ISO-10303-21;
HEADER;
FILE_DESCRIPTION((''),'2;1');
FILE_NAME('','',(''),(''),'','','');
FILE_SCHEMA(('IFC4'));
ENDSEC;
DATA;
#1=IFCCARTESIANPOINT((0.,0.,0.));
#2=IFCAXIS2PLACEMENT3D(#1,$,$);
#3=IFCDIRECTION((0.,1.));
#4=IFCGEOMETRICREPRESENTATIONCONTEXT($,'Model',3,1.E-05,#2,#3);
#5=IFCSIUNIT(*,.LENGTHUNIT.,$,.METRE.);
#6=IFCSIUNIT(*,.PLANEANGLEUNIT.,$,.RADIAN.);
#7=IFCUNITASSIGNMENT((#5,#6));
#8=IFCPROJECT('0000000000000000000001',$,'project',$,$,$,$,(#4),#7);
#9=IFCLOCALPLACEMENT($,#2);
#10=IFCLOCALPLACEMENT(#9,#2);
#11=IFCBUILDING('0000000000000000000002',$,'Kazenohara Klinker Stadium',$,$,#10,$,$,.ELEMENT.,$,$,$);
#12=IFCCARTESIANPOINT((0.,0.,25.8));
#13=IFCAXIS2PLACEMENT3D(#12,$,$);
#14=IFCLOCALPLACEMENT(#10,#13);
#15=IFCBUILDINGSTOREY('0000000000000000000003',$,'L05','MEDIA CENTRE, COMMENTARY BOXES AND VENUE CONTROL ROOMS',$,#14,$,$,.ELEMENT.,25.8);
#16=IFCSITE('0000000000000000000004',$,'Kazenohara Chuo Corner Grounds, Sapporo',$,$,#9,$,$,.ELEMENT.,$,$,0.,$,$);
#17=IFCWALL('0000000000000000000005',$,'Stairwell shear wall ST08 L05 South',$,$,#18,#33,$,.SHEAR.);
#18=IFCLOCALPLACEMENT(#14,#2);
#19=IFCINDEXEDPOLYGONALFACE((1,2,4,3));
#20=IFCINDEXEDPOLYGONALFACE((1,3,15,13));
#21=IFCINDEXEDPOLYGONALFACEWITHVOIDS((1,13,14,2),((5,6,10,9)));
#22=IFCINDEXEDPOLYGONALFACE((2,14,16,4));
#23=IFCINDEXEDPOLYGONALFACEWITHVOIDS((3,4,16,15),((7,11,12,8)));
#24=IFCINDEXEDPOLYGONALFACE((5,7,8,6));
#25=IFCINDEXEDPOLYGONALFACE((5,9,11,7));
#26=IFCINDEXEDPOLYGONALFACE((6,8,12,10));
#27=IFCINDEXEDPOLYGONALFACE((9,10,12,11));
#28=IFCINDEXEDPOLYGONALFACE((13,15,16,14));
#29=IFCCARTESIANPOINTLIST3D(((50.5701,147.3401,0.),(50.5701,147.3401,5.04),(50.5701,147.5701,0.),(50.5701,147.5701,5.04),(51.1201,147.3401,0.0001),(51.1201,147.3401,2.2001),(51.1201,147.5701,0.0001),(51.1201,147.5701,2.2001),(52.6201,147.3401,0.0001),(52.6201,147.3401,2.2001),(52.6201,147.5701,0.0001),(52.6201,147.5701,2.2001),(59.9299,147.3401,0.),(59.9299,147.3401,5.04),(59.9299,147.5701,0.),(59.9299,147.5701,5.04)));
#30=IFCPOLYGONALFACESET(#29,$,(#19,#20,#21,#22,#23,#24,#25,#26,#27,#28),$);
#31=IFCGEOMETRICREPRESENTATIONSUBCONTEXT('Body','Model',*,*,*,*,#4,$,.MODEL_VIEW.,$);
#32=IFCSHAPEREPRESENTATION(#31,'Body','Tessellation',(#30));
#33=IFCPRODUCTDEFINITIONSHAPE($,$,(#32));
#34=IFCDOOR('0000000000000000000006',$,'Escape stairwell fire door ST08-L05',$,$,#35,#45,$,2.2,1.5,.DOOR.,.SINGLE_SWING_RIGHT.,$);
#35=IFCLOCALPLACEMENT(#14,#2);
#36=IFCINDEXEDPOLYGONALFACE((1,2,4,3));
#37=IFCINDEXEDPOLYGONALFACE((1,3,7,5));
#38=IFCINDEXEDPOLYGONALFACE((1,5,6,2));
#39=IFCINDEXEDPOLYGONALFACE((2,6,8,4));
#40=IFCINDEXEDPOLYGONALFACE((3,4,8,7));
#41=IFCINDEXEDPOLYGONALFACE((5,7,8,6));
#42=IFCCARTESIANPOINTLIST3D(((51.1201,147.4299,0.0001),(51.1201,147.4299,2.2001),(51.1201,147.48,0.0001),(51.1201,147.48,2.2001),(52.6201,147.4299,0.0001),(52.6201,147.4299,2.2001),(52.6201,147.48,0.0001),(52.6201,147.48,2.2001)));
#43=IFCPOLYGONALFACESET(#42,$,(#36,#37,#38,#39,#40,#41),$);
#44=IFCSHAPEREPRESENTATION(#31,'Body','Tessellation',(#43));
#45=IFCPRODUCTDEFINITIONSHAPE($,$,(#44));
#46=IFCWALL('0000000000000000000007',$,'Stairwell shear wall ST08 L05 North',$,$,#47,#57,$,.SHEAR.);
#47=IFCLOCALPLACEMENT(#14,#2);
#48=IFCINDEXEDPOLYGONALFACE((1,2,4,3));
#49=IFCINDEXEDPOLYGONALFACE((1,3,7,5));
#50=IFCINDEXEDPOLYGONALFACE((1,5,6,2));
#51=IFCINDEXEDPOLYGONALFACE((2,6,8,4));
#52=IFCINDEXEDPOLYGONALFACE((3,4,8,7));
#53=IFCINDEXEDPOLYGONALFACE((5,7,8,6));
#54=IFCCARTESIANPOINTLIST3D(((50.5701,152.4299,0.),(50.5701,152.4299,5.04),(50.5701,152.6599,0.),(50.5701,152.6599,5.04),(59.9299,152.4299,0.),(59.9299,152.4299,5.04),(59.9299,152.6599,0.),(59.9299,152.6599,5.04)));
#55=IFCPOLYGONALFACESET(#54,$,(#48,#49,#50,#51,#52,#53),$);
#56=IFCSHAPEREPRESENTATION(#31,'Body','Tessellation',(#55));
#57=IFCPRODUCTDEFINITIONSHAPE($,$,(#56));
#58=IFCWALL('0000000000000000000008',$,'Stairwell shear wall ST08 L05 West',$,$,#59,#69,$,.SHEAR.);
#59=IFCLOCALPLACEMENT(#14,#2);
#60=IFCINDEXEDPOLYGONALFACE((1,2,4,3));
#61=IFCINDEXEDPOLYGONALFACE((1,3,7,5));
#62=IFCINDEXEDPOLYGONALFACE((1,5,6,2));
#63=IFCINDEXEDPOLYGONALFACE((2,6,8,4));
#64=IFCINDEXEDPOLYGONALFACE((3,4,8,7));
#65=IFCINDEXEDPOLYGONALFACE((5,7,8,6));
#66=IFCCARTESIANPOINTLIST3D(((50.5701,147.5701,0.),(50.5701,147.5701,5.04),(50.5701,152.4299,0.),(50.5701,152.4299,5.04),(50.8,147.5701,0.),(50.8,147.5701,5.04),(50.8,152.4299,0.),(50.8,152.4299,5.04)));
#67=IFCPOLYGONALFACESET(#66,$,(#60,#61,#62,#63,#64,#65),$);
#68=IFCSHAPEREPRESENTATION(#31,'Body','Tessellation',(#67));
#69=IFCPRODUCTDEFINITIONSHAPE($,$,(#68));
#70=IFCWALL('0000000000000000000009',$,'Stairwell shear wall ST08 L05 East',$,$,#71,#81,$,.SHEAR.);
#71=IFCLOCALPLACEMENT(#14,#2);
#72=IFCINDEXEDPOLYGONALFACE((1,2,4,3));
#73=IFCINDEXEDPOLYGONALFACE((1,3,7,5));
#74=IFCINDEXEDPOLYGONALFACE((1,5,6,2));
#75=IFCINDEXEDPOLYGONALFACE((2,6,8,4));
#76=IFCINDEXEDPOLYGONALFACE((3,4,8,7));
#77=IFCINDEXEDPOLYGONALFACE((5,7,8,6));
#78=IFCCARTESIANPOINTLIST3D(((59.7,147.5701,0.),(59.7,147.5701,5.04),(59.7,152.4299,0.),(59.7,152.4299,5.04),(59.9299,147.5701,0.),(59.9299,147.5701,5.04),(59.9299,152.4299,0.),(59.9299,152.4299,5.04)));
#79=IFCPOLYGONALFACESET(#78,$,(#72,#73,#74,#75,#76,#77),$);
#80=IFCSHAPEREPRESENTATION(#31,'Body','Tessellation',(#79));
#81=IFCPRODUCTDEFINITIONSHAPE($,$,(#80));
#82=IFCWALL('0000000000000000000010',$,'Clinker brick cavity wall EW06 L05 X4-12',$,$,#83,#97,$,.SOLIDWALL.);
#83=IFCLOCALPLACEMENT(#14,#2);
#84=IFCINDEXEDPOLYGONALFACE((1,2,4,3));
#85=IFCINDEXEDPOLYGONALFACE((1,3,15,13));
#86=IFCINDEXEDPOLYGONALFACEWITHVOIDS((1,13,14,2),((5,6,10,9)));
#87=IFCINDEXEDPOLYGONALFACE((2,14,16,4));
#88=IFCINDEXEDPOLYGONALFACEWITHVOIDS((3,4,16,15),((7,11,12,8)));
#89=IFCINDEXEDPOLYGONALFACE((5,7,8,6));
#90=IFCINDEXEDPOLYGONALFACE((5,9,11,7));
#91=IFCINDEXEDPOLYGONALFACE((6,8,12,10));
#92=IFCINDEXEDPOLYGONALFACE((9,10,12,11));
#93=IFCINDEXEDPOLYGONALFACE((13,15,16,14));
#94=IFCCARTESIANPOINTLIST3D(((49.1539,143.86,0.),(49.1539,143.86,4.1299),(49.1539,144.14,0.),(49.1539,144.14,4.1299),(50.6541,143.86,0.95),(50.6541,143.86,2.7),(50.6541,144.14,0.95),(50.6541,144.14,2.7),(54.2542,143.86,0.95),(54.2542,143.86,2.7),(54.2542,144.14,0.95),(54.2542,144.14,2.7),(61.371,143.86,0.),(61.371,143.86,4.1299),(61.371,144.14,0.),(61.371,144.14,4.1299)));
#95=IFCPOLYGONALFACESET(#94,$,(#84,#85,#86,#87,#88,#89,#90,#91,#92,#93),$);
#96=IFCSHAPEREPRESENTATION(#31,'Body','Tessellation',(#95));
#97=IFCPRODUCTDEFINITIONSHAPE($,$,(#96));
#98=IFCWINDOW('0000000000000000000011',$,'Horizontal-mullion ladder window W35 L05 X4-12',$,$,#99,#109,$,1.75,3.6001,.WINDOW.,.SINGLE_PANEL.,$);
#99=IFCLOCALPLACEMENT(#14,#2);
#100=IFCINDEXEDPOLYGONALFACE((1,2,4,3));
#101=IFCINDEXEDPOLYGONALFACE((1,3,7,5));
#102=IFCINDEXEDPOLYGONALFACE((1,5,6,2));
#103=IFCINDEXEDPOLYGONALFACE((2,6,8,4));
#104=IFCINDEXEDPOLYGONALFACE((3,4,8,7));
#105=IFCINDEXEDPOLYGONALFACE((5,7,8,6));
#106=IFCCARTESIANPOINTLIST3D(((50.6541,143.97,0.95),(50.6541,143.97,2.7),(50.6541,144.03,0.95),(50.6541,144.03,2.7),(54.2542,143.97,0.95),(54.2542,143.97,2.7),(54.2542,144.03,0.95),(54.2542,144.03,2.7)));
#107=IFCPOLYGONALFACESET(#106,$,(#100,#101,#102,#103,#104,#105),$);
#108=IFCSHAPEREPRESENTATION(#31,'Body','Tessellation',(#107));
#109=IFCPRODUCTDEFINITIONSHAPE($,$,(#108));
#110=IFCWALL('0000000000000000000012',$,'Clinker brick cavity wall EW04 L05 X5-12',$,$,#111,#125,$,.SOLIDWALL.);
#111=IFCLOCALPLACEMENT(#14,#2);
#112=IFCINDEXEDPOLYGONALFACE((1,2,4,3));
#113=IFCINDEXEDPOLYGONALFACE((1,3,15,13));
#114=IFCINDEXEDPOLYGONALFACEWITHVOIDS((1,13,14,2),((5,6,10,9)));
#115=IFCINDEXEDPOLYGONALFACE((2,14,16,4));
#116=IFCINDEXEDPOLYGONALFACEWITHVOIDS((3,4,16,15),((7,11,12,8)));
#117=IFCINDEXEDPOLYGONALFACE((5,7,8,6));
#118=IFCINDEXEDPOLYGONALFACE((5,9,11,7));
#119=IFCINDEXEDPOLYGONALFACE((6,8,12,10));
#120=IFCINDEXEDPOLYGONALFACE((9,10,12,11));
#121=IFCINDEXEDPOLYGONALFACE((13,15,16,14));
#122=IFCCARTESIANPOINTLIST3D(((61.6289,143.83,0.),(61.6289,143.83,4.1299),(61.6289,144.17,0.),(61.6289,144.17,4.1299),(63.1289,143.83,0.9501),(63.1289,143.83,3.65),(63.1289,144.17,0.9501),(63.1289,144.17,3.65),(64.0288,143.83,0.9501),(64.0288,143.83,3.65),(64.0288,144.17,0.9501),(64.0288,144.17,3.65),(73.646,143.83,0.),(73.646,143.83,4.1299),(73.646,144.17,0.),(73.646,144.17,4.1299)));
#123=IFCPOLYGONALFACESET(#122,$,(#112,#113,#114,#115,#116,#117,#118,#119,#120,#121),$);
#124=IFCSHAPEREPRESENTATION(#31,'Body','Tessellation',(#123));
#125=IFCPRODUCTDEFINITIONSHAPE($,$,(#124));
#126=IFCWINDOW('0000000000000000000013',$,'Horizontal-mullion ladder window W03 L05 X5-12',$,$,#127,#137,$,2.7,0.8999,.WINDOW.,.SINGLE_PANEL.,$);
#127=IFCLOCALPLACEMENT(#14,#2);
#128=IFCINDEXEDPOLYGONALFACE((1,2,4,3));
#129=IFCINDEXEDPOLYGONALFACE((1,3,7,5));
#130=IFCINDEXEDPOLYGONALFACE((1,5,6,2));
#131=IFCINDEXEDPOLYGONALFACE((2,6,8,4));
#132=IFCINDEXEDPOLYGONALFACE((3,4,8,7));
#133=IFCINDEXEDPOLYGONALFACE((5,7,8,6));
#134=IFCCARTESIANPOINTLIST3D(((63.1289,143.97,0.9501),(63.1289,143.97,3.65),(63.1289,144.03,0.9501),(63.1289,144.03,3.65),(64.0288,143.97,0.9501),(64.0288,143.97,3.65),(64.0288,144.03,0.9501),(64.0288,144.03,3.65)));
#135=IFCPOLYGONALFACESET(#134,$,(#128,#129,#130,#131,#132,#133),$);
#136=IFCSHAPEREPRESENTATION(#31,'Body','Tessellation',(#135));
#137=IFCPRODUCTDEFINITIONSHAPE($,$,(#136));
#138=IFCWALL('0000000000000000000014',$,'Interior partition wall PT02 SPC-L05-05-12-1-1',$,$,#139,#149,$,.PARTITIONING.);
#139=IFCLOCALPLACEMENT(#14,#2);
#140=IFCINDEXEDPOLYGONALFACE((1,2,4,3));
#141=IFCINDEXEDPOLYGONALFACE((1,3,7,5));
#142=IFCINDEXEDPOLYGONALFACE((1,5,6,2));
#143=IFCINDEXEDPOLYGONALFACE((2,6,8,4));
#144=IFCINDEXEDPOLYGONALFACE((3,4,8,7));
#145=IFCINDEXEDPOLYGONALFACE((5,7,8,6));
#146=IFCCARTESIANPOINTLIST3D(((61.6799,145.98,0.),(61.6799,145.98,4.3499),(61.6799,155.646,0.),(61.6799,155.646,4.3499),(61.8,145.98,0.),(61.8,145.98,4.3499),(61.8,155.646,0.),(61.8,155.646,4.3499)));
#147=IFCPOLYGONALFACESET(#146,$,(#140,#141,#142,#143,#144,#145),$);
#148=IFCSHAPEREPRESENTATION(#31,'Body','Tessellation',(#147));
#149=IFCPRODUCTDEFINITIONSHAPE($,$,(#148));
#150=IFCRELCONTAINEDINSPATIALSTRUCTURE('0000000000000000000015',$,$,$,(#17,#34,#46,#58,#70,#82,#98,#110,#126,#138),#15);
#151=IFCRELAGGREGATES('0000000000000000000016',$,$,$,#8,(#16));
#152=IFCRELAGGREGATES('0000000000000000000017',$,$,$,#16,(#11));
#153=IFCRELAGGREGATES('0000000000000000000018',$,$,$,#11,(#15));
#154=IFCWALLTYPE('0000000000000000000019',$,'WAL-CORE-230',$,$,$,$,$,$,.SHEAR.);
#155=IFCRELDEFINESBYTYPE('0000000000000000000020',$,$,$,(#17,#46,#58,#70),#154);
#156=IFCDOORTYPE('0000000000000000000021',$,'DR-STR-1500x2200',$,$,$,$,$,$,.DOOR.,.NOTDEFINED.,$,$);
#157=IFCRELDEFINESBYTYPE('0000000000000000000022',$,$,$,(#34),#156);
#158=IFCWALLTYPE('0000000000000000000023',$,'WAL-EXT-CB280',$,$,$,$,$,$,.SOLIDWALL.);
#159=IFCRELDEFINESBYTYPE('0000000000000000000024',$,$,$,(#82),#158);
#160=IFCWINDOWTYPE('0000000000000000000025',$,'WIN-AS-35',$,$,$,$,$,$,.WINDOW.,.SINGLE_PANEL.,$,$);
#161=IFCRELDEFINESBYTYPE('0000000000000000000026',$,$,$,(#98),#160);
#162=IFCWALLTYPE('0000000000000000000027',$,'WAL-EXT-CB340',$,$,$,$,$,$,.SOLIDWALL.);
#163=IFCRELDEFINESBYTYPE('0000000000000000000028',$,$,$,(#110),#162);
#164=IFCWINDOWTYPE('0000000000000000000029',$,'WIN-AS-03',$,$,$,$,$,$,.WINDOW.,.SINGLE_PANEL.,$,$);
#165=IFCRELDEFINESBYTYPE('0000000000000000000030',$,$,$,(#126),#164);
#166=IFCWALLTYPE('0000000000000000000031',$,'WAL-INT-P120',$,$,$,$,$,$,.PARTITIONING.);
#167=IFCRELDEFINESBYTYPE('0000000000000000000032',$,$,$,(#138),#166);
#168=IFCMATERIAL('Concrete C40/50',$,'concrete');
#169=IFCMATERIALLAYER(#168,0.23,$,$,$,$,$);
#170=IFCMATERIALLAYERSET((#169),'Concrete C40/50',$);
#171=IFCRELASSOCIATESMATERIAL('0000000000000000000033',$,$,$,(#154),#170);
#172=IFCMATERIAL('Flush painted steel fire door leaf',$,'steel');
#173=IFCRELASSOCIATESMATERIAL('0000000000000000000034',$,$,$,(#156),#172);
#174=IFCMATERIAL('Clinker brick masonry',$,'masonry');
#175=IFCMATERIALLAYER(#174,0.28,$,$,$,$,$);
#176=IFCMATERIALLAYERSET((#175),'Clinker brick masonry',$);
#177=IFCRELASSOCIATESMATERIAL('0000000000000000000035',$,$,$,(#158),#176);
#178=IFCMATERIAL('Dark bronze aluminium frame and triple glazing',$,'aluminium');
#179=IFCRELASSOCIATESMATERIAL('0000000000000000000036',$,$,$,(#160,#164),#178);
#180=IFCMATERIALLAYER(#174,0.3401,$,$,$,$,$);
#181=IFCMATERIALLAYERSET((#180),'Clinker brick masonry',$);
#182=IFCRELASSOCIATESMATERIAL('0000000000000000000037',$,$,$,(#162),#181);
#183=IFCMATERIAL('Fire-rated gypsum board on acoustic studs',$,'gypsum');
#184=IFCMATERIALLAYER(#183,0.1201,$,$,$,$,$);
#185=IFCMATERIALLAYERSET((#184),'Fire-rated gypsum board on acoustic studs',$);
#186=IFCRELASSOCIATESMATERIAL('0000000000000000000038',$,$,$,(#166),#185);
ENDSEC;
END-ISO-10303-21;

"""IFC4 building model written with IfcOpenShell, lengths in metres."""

from ifc_helpers import new_model, si_unit, direction, frame, frame_2d, origin, place, context, subcontext, project, spatial, rectangle, extrude, material, layer, layer_set, type_object, element, fill, save


model = new_model("IFC4")

# Units and contexts
model_context = context("Model", 3, precision=1e-05, world=origin(), true_north=direction((0.0, 1.0)))
body_context = subcontext(model_context, "Body", "Model", "MODEL_VIEW")
ifc_project = project(units=[si_unit("LENGTHUNIT", "METRE"), si_unit("PLANEANGLEUNIT", "RADIAN")], contexts=[model_context])

# Site, building, storey
site_placement = place(None, origin())
site = spatial("IfcSite", under=ifc_project, at=site_placement, Name="Kazenohara Chuo Corner Grounds, Sapporo", CompositionType="ELEMENT", RefElevation=0.0)
building_placement = place(site_placement, origin())
building = spatial("IfcBuilding", under=site, at=building_placement, Name="Kazenohara Klinker Stadium", CompositionType="ELEMENT")
storey_placement = place(building_placement, frame((0.0, 0.0, 25.8)))
storey = spatial("IfcBuildingStorey", under=building, at=storey_placement, Name="L05", Description="MEDIA CENTRE, COMMENTARY BOXES AND VENUE CONTROL ROOMS", CompositionType="ELEMENT", Elevation=25.8)

# Wall, opening, door
ifc_material_1 = material(Name="Concrete C40/50", Category="concrete")
ifc_layer_1 = layer(ifc_material_1, 0.23)
ifc_layer_set_1 = layer_set([ifc_layer_1], Name="Concrete C40/50")
wall_type_1 = type_object("IfcWallType", Name="WAL-CORE-230", PredefinedType="SHEAR", material=ifc_layer_set_1)
wall_1_placement = place(storey_placement, frame((50.5701, 147.4551, 0.0), z_axis=(0.0, 0.0, 1.0), x_axis=(1.0, 0.0, 0.0)))
wall_1 = element("IfcWall", 1, at=wall_1_placement, inside=storey, type_object=wall_type_1, Name="Stairwell shear wall ST08 L05 South", PredefinedType="SHEAR", context=body_context, shape_type="SweptSolid", body=[
    extrude(rectangle(XDim=9.3599, YDim=0.23, at=frame_2d((4.6799, 0.0))), origin(), (0.0, 0.0, 1.0), 5.04),
])
opening_1_placement = place(wall_1_placement, frame((0.55, 0.0, 0.0)))
opening_1 = element("IfcOpeningElement", 2, at=opening_1_placement, cuts=wall_1, PredefinedType="OPENING", context=body_context, shape_type="SweptSolid", body=[
    extrude(rectangle(XDim=1.5, YDim=2.2, at=frame_2d((0.75, 1.1001))), frame((0.0, 0.125, 0.0), z_axis=(0.0, -1.0, 0.0), x_axis=(1.0, 0.0, 0.0)), (0.0, 0.0, 1.0), 0.25),
])
ifc_material_2 = material(Name="Flush painted steel fire door leaf", Category="steel")
door_type_1 = type_object("IfcDoorType", Name="DR-STR-1500x2200", OperationType="NOTDEFINED", PredefinedType="DOOR", material=ifc_material_2)
door_1_placement = place(opening_1_placement, origin())
door_1 = element("IfcDoor", 3, at=door_1_placement, inside=storey, type_object=door_type_1, Name="Escape stairwell fire door ST08-L05", OperationType="SINGLE_SWING_RIGHT", OverallHeight=2.2, OverallWidth=1.5, PredefinedType="DOOR", context=body_context, shape_type="SweptSolid", body=[
    extrude(rectangle(XDim=1.5, YDim=2.2, at=frame_2d((0.75, 1.1001))), frame((0.0, 0.0249, 0.0), z_axis=(0.0, -1.0, 0.0), x_axis=(1.0, 0.0, 0.0)), (0.0, 0.0, 1.0), 0.05),
])
fill(opening_1, door_1)

# Walls
wall_2_placement = place(storey_placement, frame((50.5701, 152.5449, 0.0), z_axis=(0.0, 0.0, 1.0), x_axis=(1.0, 0.0, 0.0)))
element("IfcWall", 4, at=wall_2_placement, inside=storey, type_object=wall_type_1, Name="Stairwell shear wall ST08 L05 North", PredefinedType="SHEAR", context=body_context, shape_type="SweptSolid", body=[
    extrude(rectangle(XDim=9.3599, YDim=0.23, at=frame_2d((4.6799, 0.0))), origin(), (0.0, 0.0, 1.0), 5.04),
])
for number, where, z_axis, x_axis, name in (
    (5, (50.6851, 147.5701, 0.0), (0.0, 0.0, 1.0), (0.0, 1.0, 0.0), "Stairwell shear wall ST08 L05 West"),
    (6, (59.8149, 147.5701, 0.0), (0.0, 0.0, 1.0), (0.0, 1.0, 0.0), "Stairwell shear wall ST08 L05 East"),
):
    element("IfcWall", number, at=place(storey_placement, frame(where, z_axis=z_axis, x_axis=x_axis)), inside=storey, type_object=wall_type_1, Name=name, PredefinedType="SHEAR", context=body_context, shape_type="SweptSolid", body=[
        extrude(rectangle(XDim=4.8599, YDim=0.23, at=frame_2d((2.4299, 0.0))), origin(), (0.0, 0.0, 1.0), 5.04),
    ])

# Walls, openings, windows
ifc_material_3 = material(Name="Clinker brick masonry", Category="masonry")
ifc_layer_2 = layer(ifc_material_3, 0.28)
ifc_layer_set_2 = layer_set([ifc_layer_2], Name="Clinker brick masonry")
wall_type_2 = type_object("IfcWallType", Name="WAL-EXT-CB280", PredefinedType="SOLIDWALL", material=ifc_layer_set_2)
wall_3_placement = place(storey_placement, frame((49.1541, 144.0, 0.0), z_axis=(0.0, 0.0, 1.0), x_axis=(1.0, 0.0, 0.0)))
wall_3 = element("IfcWall", 7, at=wall_3_placement, inside=storey, type_object=wall_type_2, Name="Clinker brick cavity wall EW06 L05 X4-12", PredefinedType="SOLIDWALL", context=body_context, shape_type="SweptSolid", body=[
    extrude(rectangle(XDim=12.217, YDim=0.28, at=frame_2d((6.1084, 0.0))), origin(), (0.0, 0.0, 1.0), 4.1299),
])
opening_2_placement = place(wall_3_placement, frame((1.5, 0.0, 0.95)))
opening_2 = element("IfcOpeningElement", 8, at=opening_2_placement, cuts=wall_3, PredefinedType="OPENING", context=body_context, shape_type="SweptSolid", body=[
    extrude(rectangle(XDim=3.6001, YDim=1.75, at=frame_2d((1.8, 0.875))), frame((0.0, 0.1499, 0.0), z_axis=(0.0, -1.0, 0.0), x_axis=(1.0, 0.0, 0.0)), (0.0, 0.0, 1.0), 0.3),
])
ifc_material_4 = material(Name="Dark bronze aluminium frame and triple glazing", Category="aluminium")
window_type_1 = type_object("IfcWindowType", Name="WIN-AS-35", PartitioningType="SINGLE_PANEL", PredefinedType="WINDOW", material=ifc_material_4)
window_1_placement = place(opening_2_placement, origin())
window_1 = element("IfcWindow", 9, at=window_1_placement, inside=storey, type_object=window_type_1, Name="Horizontal-mullion ladder window W35 L05 X4-12", OverallHeight=1.75, OverallWidth=3.6001, PartitioningType="SINGLE_PANEL", PredefinedType="WINDOW", context=body_context, shape_type="SweptSolid", body=[
    extrude(rectangle(XDim=3.6001, YDim=1.75, at=frame_2d((1.8, 0.875))), frame((0.0, 0.03, 0.0), z_axis=(0.0, -1.0, 0.0), x_axis=(1.0, 0.0, 0.0)), (0.0, 0.0, 1.0), 0.0601),
])
fill(opening_2, window_1)
ifc_layer_3 = layer(ifc_material_3, 0.3401)
ifc_layer_set_3 = layer_set([ifc_layer_3], Name="Clinker brick masonry")
wall_type_3 = type_object("IfcWallType", Name="WAL-EXT-CB340", PredefinedType="SOLIDWALL", material=ifc_layer_set_3)
wall_4_placement = place(storey_placement, frame((61.6289, 144.0, 0.0), z_axis=(0.0, 0.0, 1.0), x_axis=(1.0, 0.0, 0.0)))
wall_4 = element("IfcWall", 10, at=wall_4_placement, inside=storey, type_object=wall_type_3, Name="Clinker brick cavity wall EW04 L05 X5-12", PredefinedType="SOLIDWALL", context=body_context, shape_type="SweptSolid", body=[
    extrude(rectangle(XDim=12.0171, YDim=0.3401, at=frame_2d((6.0085, 0.0))), origin(), (0.0, 0.0, 1.0), 4.1299),
])
opening_3_placement = place(wall_4_placement, frame((1.5, 0.0, 0.95)))
opening_3 = element("IfcOpeningElement", 11, at=opening_3_placement, cuts=wall_4, PredefinedType="OPENING", context=body_context, shape_type="SweptSolid", body=[
    extrude(rectangle(XDim=0.8999, YDim=2.7, at=frame_2d((0.45, 1.3501))), frame((0.0, 0.1802, 0.0), z_axis=(0.0, -1.0, 0.0), x_axis=(1.0, 0.0, 0.0)), (0.0, 0.0, 1.0), 0.3601),
])
window_type_2 = type_object("IfcWindowType", Name="WIN-AS-03", PartitioningType="SINGLE_PANEL", PredefinedType="WINDOW", material=ifc_material_4)
window_2_placement = place(opening_3_placement, origin())
window_2 = element("IfcWindow", 12, at=window_2_placement, inside=storey, type_object=window_type_2, Name="Horizontal-mullion ladder window W03 L05 X5-12", OverallHeight=2.7, OverallWidth=0.8999, PartitioningType="SINGLE_PANEL", PredefinedType="WINDOW", context=body_context, shape_type="SweptSolid", body=[
    extrude(rectangle(XDim=0.8999, YDim=2.7, at=frame_2d((0.45, 1.3501))), frame((0.0, 0.03, 0.0), z_axis=(0.0, -1.0, 0.0), x_axis=(1.0, 0.0, 0.0)), (0.0, 0.0, 1.0), 0.0601),
])
fill(opening_3, window_2)

# Wall
ifc_material_5 = material(Name="Fire-rated gypsum board on acoustic studs", Category="gypsum")
ifc_layer_4 = layer(ifc_material_5, 0.1201)
ifc_layer_set_4 = layer_set([ifc_layer_4], Name="Fire-rated gypsum board on acoustic studs")
wall_type_4 = type_object("IfcWallType", Name="WAL-INT-P120", PredefinedType="PARTITIONING", material=ifc_layer_set_4)
wall_5_placement = place(storey_placement, frame((61.74, 145.98, 0.0), z_axis=(0.0, 0.0, 1.0), x_axis=(0.0, 1.0, 0.0)))
element("IfcWall", 13, at=wall_5_placement, inside=storey, type_object=wall_type_4, Name="Interior partition wall PT02 SPC-L05-05-12-1-1", PredefinedType="PARTITIONING", context=body_context, shape_type="SweptSolid", body=[
    extrude(rectangle(XDim=9.666, YDim=0.1201, at=frame_2d((4.833, 0.0))), origin(), (0.0, 0.0, 1.0), 4.3499),
])

save(model, "model.ifc")
